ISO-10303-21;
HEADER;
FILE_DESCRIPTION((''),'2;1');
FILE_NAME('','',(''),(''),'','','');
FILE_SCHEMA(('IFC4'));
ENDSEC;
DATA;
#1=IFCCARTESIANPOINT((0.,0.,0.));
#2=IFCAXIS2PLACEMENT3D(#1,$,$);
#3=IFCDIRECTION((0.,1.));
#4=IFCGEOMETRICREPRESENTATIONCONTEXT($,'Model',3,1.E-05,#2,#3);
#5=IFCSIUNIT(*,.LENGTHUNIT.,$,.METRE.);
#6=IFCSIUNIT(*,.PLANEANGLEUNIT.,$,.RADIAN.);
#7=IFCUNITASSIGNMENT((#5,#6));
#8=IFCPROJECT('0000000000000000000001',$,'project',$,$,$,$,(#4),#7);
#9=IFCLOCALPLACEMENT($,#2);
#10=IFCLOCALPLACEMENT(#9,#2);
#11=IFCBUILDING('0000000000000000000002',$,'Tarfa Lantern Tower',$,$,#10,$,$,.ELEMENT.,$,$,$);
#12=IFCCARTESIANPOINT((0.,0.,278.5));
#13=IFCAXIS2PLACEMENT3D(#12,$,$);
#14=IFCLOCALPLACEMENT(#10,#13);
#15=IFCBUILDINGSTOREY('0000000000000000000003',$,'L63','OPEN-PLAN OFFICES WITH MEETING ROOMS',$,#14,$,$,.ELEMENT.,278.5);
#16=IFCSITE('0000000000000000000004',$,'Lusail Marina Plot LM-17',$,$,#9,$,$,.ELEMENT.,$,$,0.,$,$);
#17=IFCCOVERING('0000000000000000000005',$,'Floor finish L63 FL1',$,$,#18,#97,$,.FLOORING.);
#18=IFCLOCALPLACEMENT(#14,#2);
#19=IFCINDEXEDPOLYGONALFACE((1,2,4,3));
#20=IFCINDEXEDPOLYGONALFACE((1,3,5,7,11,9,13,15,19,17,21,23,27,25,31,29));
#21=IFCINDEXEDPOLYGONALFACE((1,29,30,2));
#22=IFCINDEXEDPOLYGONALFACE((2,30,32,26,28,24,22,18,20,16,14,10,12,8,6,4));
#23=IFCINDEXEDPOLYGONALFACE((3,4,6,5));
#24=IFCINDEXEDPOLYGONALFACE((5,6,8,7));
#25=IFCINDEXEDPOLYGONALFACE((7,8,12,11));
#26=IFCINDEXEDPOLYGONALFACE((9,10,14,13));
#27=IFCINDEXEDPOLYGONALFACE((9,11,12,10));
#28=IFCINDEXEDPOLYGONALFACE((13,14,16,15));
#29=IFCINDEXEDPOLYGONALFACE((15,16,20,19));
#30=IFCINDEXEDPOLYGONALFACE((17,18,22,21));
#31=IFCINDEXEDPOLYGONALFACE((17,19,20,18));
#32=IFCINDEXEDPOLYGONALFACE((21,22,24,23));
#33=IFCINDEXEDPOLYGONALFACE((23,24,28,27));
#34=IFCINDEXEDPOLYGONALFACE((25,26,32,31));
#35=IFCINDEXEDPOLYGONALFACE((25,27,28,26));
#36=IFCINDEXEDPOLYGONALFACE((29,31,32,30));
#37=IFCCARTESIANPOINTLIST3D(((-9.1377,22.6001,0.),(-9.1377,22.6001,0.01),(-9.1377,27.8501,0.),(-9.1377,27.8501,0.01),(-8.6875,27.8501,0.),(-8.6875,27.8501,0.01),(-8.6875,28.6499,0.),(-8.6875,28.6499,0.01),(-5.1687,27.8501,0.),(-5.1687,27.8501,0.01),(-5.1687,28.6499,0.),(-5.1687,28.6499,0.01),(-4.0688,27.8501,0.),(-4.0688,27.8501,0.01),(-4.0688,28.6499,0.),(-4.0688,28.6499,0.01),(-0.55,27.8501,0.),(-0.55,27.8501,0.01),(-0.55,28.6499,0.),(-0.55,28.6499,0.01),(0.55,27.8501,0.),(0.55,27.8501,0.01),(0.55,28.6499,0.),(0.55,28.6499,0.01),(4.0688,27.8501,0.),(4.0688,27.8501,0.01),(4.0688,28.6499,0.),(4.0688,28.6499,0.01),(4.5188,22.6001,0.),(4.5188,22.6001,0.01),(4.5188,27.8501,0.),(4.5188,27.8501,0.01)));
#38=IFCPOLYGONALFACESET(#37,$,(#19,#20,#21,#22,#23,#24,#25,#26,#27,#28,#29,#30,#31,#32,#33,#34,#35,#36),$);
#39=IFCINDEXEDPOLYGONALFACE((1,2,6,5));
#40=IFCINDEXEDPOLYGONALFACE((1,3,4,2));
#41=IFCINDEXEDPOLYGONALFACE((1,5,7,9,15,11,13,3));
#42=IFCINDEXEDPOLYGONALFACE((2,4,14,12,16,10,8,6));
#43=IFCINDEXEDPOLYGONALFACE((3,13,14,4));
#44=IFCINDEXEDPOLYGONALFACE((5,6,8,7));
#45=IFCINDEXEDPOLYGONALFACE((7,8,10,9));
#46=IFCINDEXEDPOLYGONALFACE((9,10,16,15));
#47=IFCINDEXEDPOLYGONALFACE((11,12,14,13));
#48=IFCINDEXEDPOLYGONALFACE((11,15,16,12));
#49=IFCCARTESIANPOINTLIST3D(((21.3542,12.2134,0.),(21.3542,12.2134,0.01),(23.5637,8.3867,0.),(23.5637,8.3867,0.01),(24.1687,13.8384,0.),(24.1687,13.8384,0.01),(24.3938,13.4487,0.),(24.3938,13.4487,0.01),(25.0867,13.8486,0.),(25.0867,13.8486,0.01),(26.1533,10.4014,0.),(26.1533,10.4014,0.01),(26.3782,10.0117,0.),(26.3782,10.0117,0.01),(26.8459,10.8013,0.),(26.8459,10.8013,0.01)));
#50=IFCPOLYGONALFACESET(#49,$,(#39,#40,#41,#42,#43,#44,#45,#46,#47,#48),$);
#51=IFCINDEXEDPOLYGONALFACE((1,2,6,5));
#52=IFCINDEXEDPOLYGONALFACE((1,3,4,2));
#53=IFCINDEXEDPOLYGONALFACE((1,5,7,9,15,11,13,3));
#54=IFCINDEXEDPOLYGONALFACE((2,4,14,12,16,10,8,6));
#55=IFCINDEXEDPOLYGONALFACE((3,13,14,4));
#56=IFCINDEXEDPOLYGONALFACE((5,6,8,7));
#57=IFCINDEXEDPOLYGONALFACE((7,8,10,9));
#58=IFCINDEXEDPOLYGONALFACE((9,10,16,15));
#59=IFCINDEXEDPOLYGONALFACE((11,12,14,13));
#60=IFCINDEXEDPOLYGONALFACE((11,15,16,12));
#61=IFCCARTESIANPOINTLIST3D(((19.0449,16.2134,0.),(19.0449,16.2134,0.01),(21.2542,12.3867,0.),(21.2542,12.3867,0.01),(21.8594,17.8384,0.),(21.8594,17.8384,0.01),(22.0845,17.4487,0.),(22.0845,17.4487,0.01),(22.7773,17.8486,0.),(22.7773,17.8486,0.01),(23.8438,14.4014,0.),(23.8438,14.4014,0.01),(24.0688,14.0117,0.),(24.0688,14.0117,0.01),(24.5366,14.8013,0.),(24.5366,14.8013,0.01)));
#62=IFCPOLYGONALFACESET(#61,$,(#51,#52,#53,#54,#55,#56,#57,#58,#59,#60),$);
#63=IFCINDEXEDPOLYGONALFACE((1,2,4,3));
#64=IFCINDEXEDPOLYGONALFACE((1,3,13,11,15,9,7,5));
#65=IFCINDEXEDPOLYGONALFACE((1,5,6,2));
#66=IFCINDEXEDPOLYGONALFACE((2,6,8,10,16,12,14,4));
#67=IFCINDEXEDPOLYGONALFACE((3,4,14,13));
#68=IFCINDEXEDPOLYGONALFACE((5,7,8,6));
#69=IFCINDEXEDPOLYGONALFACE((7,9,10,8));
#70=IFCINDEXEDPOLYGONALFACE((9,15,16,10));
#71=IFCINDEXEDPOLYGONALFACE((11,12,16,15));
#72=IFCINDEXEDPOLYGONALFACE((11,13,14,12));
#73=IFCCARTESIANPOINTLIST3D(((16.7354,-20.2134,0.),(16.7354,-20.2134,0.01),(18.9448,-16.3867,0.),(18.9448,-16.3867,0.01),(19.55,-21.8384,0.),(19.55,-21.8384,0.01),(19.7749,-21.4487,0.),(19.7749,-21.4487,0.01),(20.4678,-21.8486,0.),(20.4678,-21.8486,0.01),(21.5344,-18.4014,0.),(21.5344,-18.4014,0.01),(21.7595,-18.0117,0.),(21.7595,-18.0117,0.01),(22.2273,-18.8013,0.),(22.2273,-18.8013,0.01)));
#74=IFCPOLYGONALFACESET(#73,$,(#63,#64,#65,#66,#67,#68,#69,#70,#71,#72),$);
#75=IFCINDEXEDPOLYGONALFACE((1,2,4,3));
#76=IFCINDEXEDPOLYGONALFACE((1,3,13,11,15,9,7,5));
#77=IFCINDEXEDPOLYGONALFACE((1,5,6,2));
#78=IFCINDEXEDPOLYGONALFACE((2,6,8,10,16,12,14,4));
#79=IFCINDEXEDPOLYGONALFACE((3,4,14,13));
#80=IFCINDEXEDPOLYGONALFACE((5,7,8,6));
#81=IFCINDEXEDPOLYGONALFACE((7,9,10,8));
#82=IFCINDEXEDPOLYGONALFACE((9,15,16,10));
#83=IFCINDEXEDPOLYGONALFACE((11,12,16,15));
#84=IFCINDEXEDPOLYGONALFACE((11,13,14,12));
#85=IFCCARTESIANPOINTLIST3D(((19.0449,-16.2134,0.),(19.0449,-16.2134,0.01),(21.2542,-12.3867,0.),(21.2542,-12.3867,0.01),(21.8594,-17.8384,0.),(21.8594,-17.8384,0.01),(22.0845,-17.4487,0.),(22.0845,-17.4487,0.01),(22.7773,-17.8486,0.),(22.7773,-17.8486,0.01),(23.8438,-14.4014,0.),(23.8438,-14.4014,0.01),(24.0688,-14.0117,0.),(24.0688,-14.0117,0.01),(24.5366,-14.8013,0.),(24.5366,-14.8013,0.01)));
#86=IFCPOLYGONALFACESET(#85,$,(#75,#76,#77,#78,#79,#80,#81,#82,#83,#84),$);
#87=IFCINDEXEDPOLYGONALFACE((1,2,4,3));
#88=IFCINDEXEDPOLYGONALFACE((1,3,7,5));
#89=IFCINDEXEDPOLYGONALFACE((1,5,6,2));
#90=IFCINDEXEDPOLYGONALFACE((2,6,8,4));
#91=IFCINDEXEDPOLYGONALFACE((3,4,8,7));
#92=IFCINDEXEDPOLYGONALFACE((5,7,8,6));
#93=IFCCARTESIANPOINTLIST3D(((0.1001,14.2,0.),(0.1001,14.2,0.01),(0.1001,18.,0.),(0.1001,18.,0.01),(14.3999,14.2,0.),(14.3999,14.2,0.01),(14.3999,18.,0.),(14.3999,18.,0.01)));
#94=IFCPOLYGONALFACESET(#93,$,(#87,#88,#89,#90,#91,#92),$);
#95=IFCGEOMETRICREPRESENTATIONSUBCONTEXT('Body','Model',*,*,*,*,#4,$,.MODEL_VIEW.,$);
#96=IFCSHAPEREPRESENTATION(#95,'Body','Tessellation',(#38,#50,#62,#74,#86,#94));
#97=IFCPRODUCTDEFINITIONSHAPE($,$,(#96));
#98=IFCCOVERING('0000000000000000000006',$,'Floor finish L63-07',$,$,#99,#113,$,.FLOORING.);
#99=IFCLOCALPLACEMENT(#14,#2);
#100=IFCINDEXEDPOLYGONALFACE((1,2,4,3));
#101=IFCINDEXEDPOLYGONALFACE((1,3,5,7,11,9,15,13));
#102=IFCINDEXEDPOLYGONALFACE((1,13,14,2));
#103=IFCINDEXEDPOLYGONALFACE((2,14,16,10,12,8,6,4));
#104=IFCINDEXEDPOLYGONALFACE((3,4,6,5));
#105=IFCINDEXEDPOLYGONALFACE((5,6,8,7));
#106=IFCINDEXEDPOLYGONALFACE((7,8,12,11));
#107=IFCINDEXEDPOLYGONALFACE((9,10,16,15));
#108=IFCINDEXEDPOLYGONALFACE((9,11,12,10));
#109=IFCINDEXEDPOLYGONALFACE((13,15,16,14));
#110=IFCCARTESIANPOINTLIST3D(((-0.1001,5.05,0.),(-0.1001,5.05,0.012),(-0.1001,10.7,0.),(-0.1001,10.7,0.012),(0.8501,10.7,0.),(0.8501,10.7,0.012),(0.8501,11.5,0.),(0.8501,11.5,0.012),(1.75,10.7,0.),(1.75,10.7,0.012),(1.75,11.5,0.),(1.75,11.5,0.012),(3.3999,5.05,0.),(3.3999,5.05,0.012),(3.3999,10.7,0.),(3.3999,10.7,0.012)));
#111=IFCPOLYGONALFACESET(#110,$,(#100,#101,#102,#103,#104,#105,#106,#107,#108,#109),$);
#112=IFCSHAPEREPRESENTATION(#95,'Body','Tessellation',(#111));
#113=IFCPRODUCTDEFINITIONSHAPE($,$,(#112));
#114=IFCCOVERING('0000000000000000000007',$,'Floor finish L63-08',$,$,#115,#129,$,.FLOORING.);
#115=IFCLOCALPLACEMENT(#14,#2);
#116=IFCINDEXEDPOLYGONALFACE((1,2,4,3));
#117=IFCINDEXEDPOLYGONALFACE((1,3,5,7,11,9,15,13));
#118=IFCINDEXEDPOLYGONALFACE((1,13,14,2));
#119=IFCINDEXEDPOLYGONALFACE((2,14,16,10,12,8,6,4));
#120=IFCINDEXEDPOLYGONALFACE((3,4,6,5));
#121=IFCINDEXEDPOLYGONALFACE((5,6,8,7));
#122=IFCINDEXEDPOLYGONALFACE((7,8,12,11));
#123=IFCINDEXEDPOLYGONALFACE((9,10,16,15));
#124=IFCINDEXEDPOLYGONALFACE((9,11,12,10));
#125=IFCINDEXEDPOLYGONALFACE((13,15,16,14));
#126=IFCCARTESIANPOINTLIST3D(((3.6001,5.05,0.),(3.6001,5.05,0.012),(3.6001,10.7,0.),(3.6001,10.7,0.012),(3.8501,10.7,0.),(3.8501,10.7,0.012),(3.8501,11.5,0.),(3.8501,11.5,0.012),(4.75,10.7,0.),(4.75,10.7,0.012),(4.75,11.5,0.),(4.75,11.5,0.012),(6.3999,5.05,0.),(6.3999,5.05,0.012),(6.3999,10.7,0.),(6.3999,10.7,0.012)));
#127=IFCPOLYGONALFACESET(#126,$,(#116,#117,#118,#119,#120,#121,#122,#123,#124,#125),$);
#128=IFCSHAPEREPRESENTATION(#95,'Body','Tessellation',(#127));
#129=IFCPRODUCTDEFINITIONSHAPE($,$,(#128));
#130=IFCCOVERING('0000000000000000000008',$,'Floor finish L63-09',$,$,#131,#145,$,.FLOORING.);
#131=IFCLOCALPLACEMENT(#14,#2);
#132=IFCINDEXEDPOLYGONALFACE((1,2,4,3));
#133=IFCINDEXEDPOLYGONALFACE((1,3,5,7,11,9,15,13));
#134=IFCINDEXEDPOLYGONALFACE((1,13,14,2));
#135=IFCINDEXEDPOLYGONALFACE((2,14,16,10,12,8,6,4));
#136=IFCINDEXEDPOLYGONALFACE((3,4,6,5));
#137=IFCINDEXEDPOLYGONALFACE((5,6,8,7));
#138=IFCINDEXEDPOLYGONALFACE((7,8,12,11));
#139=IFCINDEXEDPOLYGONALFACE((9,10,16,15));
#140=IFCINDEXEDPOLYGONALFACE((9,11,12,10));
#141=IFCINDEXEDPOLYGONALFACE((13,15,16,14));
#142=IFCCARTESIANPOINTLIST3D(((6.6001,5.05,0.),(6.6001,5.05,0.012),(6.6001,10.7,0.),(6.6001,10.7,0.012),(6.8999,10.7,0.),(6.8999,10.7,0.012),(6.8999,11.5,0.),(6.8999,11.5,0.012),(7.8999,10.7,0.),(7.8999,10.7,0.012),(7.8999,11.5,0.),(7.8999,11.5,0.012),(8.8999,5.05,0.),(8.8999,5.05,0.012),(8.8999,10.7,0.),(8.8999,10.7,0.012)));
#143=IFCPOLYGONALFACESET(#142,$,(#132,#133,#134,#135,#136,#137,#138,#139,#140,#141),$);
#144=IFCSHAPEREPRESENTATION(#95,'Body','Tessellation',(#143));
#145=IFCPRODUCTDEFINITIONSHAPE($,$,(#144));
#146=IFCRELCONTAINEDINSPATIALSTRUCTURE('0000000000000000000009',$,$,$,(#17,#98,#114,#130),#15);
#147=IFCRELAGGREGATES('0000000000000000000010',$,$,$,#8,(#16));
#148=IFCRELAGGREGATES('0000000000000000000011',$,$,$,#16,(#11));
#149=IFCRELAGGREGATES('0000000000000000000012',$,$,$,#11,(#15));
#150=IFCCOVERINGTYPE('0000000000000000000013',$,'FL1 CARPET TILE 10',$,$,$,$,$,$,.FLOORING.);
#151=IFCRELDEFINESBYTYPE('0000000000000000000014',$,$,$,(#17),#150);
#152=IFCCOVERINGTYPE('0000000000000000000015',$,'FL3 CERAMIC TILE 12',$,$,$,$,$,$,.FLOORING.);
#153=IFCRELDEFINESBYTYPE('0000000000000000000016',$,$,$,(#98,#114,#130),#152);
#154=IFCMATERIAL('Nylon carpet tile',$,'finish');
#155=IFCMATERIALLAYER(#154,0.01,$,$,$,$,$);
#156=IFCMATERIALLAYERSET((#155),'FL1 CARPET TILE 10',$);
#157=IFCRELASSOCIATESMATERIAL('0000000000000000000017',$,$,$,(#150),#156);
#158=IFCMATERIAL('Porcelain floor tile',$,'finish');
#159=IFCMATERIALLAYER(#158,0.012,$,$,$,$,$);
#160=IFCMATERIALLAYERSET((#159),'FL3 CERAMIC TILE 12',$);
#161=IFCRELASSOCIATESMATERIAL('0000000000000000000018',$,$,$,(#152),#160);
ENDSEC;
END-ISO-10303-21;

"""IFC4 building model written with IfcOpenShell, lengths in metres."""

from ifc_helpers import new_model, si_unit, direction, frame, origin, place, context, subcontext, project, spatial, polyline, outline, extrude, material, layer, layer_set, type_object, element, save


model = new_model("IFC4")

# Units and contexts
model_context = context("Model", 3, precision=1e-05, world=origin(), true_north=direction((0.0, 1.0)))
body_context = subcontext(model_context, "Body", "Model", "MODEL_VIEW")
ifc_project = project(units=[si_unit("LENGTHUNIT", "METRE"), si_unit("PLANEANGLEUNIT", "RADIAN")], contexts=[model_context])

# Site, building, storey
site_placement = place(None, origin())
site = spatial("IfcSite", under=ifc_project, at=site_placement, Name="Lusail Marina Plot LM-17", CompositionType="ELEMENT", RefElevation=0.0)
building_placement = place(site_placement, origin())
building = spatial("IfcBuilding", under=site, at=building_placement, Name="Tarfa Lantern Tower", CompositionType="ELEMENT")
storey_placement = place(building_placement, frame((0.0, 0.0, 278.5)))
storey = spatial("IfcBuildingStorey", under=building, at=storey_placement, Name="L63", Description="OPEN-PLAN OFFICES WITH MEETING ROOMS", CompositionType="ELEMENT", Elevation=278.5)

# Coverings
ifc_material_1 = material(Name="Nylon carpet tile", Category="finish")
ifc_layer_1 = layer(ifc_material_1, 0.01)
ifc_layer_set_1 = layer_set([ifc_layer_1], Name="FL1 CARPET TILE 10")
covering_type_1 = type_object("IfcCoveringType", Name="FL1 CARPET TILE 10", PredefinedType="FLOORING", material=ifc_layer_set_1)
covering_1_placement = place(storey_placement, origin())
element("IfcCovering", 1, at=covering_1_placement, inside=storey, type_object=covering_type_1, Name="Floor finish L63 FL1", PredefinedType="FLOORING", context=body_context, shape_type="SweptSolid", body=[
    extrude(outline(polyline([(4.5188, 22.6001), (-9.1377, 22.6001), (-9.1377, 27.8501), (-8.6875, 27.8501), (-8.6875, 28.6499), (-5.1687, 28.6499), (-5.1687, 27.8501), (-4.0688, 27.8501), (-4.0688, 28.6499), (-0.55, 28.6499), (-0.55, 27.8501), (0.55, 27.8501), (0.55, 28.6499), (4.0688, 28.6499), (4.0688, 27.8501), (4.5188, 27.8501), (4.5188, 22.6001)])), origin(), (0.0, 0.0, 1.0), 0.01),
    extrude(outline(polyline([(21.3542, 12.2134), (24.1687, 13.8384), (24.3938, 13.4487), (25.0867, 13.8486), (26.8459, 10.8013), (26.1533, 10.4014), (26.3782, 10.0117), (23.5637, 8.3867), (21.3542, 12.2134)])), origin(), (0.0, 0.0, 1.0), 0.01),
    extrude(outline(polyline([(19.0449, 16.2134), (21.8594, 17.8384), (22.0845, 17.4487), (22.7773, 17.8486), (24.5366, 14.8013), (23.8438, 14.4014), (24.0688, 14.0117), (21.2542, 12.3867), (19.0449, 16.2134)])), origin(), (0.0, 0.0, 1.0), 0.01),
    extrude(outline(polyline([(18.9448, -16.3867), (21.7595, -18.0117), (21.5344, -18.4014), (22.2273, -18.8013), (20.4678, -21.8486), (19.7749, -21.4487), (19.55, -21.8384), (16.7354, -20.2134), (18.9448, -16.3867)])), origin(), (0.0, 0.0, 1.0), 0.01),
    extrude(outline(polyline([(21.2542, -12.3867), (24.0688, -14.0117), (23.8438, -14.4014), (24.5366, -14.8013), (22.7773, -17.8486), (22.0845, -17.4487), (21.8594, -17.8384), (19.0449, -16.2134), (21.2542, -12.3867)])), origin(), (0.0, 0.0, 1.0), 0.01),
    extrude(outline(polyline([(0.1001, 18.0), (14.3999, 18.0), (14.3999, 14.2), (0.1001, 14.2), (0.1001, 18.0)])), origin(), (0.0, 0.0, 1.0), 0.01),
])
ifc_material_2 = material(Name="Porcelain floor tile", Category="finish")
ifc_layer_2 = layer(ifc_material_2, 0.012)
ifc_layer_set_2 = layer_set([ifc_layer_2], Name="FL3 CERAMIC TILE 12")
covering_type_2 = type_object("IfcCoveringType", Name="FL3 CERAMIC TILE 12", PredefinedType="FLOORING", material=ifc_layer_set_2)
covering_2_placement = place(storey_placement, origin())
element("IfcCovering", 2, at=covering_2_placement, inside=storey, type_object=covering_type_2, Name="Floor finish L63-07", PredefinedType="FLOORING", context=body_context, shape_type="SweptSolid", body=[
    extrude(outline(polyline([(0.8501, 10.7), (-0.1001, 10.7), (-0.1001, 5.05), (3.3999, 5.05), (3.3999, 10.7), (1.75, 10.7), (1.75, 11.5), (0.8501, 11.5), (0.8501, 11.5), (0.8501, 10.7)])), origin(), (0.0, 0.0, 1.0), 0.012),
])
covering_3_placement = place(storey_placement, origin())
element("IfcCovering", 3, at=covering_3_placement, inside=storey, type_object=covering_type_2, Name="Floor finish L63-08", PredefinedType="FLOORING", context=body_context, shape_type="SweptSolid", body=[
    extrude(outline(polyline([(3.6001, 5.05), (6.3999, 5.05), (6.3999, 10.7), (4.75, 10.7), (4.75, 11.5), (3.8501, 11.5), (3.8501, 10.7), (3.6001, 10.7), (3.6001, 5.05)])), origin(), (0.0, 0.0, 1.0), 0.012),
])
covering_4_placement = place(storey_placement, origin())
element("IfcCovering", 4, at=covering_4_placement, inside=storey, type_object=covering_type_2, Name="Floor finish L63-09", PredefinedType="FLOORING", context=body_context, shape_type="SweptSolid", body=[
    extrude(outline(polyline([(6.6001, 5.05), (8.8999, 5.05), (8.8999, 10.7), (7.8999, 10.7), (7.8999, 11.5), (6.8999, 11.5), (6.8999, 10.7), (6.6001, 10.7), (6.6001, 5.05)])), origin(), (0.0, 0.0, 1.0), 0.012),
])

save(model, "model.ifc")
